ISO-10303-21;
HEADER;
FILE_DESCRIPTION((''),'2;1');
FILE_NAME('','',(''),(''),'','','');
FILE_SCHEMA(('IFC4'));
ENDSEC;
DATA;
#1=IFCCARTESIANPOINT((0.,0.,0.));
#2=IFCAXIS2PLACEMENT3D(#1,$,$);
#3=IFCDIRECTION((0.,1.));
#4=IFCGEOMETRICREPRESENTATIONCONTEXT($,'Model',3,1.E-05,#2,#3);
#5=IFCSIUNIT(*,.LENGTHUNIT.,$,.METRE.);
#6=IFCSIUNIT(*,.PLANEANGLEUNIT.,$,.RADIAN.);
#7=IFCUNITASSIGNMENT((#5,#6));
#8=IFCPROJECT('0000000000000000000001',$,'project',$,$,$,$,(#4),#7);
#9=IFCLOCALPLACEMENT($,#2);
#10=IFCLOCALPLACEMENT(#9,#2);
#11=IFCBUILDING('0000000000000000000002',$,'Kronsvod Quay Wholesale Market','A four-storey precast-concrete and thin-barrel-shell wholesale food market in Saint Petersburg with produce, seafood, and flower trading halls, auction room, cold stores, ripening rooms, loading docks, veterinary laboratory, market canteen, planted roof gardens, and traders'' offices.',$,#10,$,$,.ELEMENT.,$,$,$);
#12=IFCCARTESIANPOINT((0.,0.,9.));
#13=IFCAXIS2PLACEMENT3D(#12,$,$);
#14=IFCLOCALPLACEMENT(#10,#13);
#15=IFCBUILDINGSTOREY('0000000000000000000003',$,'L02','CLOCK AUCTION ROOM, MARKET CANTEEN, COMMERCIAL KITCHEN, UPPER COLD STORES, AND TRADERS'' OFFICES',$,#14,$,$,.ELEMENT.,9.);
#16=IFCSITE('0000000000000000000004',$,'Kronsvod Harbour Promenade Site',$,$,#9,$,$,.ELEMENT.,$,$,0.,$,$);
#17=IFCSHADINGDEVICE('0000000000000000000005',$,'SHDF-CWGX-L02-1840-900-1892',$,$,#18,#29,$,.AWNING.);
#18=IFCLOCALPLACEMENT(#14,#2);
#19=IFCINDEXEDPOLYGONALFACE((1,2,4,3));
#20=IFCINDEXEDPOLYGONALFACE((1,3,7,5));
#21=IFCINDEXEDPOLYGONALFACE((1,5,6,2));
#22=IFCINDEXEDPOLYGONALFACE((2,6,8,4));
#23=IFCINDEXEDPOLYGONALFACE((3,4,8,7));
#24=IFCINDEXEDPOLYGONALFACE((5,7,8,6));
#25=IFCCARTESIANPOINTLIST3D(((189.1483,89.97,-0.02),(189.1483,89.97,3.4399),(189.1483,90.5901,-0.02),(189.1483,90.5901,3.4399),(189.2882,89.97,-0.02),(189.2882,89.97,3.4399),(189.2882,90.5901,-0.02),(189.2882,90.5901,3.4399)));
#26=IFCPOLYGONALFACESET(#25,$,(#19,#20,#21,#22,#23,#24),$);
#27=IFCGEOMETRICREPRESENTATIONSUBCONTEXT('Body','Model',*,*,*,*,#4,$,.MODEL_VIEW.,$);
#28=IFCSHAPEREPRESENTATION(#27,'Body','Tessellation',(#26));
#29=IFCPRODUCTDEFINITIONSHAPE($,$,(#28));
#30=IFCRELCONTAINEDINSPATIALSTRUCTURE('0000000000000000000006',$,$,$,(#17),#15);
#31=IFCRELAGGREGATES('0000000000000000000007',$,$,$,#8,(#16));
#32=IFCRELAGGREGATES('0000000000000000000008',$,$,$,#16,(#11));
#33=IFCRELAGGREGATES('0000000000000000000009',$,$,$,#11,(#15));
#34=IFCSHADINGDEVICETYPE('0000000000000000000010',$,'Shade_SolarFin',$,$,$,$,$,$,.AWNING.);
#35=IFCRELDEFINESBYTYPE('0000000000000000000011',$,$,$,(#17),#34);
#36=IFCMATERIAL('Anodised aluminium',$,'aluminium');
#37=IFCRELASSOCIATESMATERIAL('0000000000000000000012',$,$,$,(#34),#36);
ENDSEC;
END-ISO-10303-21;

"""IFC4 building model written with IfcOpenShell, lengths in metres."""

from ifc_helpers import new_model, si_unit, direction, frame, origin, origin_2d, place, context, subcontext, project, spatial, rectangle, extrude, material, type_object, element, save


model = new_model("IFC4")

# Units and contexts
model_context = context("Model", 3, precision=1e-05, world=origin(), true_north=direction((0.0, 1.0)))
body_context = subcontext(model_context, "Body", "Model", "MODEL_VIEW")
ifc_project = project(units=[si_unit("LENGTHUNIT", "METRE"), si_unit("PLANEANGLEUNIT", "RADIAN")], contexts=[model_context])

# Site, building, storey
site_placement = place(None, origin())
site = spatial("IfcSite", under=ifc_project, at=site_placement, Name="Kronsvod Harbour Promenade Site", CompositionType="ELEMENT", RefElevation=0.0)
building_placement = place(site_placement, origin())
building = spatial("IfcBuilding", under=site, at=building_placement, Name="Kronsvod Quay Wholesale Market", Description="A four-storey precast-concrete and thin-barrel-shell wholesale food market in Saint Petersburg with produce, seafood, and flower trading halls, auction room, cold stores, ripening rooms, loading docks, veterinary laboratory, market canteen, planted roof gardens, and traders' offices.", CompositionType="ELEMENT")
storey_placement = place(building_placement, frame((0.0, 0.0, 9.0)))
storey = spatial("IfcBuildingStorey", under=building, at=storey_placement, Name="L02", Description="CLOCK AUCTION ROOM, MARKET CANTEEN, COMMERCIAL KITCHEN, UPPER COLD STORES, AND TRADERS' OFFICES", CompositionType="ELEMENT", Elevation=9.0)

# Shading device
ifc_material_1 = material(Name="Anodised aluminium", Category="aluminium")
shading_device_type = type_object("IfcShadingDeviceType", Name="Shade_SolarFin", PredefinedType="AWNING", material=ifc_material_1)
for number, where, z_axis, x_axis, name in (
    (1, (189.2183, 90.28, -0.02), (0.0, 0.0, 1.0), (1.0, 0.0, 0.0), "SHDF-CWGX-L02-1840-900-1892"),
):
    element("IfcShadingDevice", number, at=place(storey_placement, frame(where, z_axis=z_axis, x_axis=x_axis)), inside=storey, type_object=shading_device_type, Name=name, PredefinedType="AWNING", context=body_context, shape_type="SweptSolid", body=[
        extrude(rectangle(XDim=0.1399, YDim=0.6201, at=origin_2d()), origin(), (0.0, 0.0, 1.0), 3.46),
    ])

save(model, "model.ifc")
